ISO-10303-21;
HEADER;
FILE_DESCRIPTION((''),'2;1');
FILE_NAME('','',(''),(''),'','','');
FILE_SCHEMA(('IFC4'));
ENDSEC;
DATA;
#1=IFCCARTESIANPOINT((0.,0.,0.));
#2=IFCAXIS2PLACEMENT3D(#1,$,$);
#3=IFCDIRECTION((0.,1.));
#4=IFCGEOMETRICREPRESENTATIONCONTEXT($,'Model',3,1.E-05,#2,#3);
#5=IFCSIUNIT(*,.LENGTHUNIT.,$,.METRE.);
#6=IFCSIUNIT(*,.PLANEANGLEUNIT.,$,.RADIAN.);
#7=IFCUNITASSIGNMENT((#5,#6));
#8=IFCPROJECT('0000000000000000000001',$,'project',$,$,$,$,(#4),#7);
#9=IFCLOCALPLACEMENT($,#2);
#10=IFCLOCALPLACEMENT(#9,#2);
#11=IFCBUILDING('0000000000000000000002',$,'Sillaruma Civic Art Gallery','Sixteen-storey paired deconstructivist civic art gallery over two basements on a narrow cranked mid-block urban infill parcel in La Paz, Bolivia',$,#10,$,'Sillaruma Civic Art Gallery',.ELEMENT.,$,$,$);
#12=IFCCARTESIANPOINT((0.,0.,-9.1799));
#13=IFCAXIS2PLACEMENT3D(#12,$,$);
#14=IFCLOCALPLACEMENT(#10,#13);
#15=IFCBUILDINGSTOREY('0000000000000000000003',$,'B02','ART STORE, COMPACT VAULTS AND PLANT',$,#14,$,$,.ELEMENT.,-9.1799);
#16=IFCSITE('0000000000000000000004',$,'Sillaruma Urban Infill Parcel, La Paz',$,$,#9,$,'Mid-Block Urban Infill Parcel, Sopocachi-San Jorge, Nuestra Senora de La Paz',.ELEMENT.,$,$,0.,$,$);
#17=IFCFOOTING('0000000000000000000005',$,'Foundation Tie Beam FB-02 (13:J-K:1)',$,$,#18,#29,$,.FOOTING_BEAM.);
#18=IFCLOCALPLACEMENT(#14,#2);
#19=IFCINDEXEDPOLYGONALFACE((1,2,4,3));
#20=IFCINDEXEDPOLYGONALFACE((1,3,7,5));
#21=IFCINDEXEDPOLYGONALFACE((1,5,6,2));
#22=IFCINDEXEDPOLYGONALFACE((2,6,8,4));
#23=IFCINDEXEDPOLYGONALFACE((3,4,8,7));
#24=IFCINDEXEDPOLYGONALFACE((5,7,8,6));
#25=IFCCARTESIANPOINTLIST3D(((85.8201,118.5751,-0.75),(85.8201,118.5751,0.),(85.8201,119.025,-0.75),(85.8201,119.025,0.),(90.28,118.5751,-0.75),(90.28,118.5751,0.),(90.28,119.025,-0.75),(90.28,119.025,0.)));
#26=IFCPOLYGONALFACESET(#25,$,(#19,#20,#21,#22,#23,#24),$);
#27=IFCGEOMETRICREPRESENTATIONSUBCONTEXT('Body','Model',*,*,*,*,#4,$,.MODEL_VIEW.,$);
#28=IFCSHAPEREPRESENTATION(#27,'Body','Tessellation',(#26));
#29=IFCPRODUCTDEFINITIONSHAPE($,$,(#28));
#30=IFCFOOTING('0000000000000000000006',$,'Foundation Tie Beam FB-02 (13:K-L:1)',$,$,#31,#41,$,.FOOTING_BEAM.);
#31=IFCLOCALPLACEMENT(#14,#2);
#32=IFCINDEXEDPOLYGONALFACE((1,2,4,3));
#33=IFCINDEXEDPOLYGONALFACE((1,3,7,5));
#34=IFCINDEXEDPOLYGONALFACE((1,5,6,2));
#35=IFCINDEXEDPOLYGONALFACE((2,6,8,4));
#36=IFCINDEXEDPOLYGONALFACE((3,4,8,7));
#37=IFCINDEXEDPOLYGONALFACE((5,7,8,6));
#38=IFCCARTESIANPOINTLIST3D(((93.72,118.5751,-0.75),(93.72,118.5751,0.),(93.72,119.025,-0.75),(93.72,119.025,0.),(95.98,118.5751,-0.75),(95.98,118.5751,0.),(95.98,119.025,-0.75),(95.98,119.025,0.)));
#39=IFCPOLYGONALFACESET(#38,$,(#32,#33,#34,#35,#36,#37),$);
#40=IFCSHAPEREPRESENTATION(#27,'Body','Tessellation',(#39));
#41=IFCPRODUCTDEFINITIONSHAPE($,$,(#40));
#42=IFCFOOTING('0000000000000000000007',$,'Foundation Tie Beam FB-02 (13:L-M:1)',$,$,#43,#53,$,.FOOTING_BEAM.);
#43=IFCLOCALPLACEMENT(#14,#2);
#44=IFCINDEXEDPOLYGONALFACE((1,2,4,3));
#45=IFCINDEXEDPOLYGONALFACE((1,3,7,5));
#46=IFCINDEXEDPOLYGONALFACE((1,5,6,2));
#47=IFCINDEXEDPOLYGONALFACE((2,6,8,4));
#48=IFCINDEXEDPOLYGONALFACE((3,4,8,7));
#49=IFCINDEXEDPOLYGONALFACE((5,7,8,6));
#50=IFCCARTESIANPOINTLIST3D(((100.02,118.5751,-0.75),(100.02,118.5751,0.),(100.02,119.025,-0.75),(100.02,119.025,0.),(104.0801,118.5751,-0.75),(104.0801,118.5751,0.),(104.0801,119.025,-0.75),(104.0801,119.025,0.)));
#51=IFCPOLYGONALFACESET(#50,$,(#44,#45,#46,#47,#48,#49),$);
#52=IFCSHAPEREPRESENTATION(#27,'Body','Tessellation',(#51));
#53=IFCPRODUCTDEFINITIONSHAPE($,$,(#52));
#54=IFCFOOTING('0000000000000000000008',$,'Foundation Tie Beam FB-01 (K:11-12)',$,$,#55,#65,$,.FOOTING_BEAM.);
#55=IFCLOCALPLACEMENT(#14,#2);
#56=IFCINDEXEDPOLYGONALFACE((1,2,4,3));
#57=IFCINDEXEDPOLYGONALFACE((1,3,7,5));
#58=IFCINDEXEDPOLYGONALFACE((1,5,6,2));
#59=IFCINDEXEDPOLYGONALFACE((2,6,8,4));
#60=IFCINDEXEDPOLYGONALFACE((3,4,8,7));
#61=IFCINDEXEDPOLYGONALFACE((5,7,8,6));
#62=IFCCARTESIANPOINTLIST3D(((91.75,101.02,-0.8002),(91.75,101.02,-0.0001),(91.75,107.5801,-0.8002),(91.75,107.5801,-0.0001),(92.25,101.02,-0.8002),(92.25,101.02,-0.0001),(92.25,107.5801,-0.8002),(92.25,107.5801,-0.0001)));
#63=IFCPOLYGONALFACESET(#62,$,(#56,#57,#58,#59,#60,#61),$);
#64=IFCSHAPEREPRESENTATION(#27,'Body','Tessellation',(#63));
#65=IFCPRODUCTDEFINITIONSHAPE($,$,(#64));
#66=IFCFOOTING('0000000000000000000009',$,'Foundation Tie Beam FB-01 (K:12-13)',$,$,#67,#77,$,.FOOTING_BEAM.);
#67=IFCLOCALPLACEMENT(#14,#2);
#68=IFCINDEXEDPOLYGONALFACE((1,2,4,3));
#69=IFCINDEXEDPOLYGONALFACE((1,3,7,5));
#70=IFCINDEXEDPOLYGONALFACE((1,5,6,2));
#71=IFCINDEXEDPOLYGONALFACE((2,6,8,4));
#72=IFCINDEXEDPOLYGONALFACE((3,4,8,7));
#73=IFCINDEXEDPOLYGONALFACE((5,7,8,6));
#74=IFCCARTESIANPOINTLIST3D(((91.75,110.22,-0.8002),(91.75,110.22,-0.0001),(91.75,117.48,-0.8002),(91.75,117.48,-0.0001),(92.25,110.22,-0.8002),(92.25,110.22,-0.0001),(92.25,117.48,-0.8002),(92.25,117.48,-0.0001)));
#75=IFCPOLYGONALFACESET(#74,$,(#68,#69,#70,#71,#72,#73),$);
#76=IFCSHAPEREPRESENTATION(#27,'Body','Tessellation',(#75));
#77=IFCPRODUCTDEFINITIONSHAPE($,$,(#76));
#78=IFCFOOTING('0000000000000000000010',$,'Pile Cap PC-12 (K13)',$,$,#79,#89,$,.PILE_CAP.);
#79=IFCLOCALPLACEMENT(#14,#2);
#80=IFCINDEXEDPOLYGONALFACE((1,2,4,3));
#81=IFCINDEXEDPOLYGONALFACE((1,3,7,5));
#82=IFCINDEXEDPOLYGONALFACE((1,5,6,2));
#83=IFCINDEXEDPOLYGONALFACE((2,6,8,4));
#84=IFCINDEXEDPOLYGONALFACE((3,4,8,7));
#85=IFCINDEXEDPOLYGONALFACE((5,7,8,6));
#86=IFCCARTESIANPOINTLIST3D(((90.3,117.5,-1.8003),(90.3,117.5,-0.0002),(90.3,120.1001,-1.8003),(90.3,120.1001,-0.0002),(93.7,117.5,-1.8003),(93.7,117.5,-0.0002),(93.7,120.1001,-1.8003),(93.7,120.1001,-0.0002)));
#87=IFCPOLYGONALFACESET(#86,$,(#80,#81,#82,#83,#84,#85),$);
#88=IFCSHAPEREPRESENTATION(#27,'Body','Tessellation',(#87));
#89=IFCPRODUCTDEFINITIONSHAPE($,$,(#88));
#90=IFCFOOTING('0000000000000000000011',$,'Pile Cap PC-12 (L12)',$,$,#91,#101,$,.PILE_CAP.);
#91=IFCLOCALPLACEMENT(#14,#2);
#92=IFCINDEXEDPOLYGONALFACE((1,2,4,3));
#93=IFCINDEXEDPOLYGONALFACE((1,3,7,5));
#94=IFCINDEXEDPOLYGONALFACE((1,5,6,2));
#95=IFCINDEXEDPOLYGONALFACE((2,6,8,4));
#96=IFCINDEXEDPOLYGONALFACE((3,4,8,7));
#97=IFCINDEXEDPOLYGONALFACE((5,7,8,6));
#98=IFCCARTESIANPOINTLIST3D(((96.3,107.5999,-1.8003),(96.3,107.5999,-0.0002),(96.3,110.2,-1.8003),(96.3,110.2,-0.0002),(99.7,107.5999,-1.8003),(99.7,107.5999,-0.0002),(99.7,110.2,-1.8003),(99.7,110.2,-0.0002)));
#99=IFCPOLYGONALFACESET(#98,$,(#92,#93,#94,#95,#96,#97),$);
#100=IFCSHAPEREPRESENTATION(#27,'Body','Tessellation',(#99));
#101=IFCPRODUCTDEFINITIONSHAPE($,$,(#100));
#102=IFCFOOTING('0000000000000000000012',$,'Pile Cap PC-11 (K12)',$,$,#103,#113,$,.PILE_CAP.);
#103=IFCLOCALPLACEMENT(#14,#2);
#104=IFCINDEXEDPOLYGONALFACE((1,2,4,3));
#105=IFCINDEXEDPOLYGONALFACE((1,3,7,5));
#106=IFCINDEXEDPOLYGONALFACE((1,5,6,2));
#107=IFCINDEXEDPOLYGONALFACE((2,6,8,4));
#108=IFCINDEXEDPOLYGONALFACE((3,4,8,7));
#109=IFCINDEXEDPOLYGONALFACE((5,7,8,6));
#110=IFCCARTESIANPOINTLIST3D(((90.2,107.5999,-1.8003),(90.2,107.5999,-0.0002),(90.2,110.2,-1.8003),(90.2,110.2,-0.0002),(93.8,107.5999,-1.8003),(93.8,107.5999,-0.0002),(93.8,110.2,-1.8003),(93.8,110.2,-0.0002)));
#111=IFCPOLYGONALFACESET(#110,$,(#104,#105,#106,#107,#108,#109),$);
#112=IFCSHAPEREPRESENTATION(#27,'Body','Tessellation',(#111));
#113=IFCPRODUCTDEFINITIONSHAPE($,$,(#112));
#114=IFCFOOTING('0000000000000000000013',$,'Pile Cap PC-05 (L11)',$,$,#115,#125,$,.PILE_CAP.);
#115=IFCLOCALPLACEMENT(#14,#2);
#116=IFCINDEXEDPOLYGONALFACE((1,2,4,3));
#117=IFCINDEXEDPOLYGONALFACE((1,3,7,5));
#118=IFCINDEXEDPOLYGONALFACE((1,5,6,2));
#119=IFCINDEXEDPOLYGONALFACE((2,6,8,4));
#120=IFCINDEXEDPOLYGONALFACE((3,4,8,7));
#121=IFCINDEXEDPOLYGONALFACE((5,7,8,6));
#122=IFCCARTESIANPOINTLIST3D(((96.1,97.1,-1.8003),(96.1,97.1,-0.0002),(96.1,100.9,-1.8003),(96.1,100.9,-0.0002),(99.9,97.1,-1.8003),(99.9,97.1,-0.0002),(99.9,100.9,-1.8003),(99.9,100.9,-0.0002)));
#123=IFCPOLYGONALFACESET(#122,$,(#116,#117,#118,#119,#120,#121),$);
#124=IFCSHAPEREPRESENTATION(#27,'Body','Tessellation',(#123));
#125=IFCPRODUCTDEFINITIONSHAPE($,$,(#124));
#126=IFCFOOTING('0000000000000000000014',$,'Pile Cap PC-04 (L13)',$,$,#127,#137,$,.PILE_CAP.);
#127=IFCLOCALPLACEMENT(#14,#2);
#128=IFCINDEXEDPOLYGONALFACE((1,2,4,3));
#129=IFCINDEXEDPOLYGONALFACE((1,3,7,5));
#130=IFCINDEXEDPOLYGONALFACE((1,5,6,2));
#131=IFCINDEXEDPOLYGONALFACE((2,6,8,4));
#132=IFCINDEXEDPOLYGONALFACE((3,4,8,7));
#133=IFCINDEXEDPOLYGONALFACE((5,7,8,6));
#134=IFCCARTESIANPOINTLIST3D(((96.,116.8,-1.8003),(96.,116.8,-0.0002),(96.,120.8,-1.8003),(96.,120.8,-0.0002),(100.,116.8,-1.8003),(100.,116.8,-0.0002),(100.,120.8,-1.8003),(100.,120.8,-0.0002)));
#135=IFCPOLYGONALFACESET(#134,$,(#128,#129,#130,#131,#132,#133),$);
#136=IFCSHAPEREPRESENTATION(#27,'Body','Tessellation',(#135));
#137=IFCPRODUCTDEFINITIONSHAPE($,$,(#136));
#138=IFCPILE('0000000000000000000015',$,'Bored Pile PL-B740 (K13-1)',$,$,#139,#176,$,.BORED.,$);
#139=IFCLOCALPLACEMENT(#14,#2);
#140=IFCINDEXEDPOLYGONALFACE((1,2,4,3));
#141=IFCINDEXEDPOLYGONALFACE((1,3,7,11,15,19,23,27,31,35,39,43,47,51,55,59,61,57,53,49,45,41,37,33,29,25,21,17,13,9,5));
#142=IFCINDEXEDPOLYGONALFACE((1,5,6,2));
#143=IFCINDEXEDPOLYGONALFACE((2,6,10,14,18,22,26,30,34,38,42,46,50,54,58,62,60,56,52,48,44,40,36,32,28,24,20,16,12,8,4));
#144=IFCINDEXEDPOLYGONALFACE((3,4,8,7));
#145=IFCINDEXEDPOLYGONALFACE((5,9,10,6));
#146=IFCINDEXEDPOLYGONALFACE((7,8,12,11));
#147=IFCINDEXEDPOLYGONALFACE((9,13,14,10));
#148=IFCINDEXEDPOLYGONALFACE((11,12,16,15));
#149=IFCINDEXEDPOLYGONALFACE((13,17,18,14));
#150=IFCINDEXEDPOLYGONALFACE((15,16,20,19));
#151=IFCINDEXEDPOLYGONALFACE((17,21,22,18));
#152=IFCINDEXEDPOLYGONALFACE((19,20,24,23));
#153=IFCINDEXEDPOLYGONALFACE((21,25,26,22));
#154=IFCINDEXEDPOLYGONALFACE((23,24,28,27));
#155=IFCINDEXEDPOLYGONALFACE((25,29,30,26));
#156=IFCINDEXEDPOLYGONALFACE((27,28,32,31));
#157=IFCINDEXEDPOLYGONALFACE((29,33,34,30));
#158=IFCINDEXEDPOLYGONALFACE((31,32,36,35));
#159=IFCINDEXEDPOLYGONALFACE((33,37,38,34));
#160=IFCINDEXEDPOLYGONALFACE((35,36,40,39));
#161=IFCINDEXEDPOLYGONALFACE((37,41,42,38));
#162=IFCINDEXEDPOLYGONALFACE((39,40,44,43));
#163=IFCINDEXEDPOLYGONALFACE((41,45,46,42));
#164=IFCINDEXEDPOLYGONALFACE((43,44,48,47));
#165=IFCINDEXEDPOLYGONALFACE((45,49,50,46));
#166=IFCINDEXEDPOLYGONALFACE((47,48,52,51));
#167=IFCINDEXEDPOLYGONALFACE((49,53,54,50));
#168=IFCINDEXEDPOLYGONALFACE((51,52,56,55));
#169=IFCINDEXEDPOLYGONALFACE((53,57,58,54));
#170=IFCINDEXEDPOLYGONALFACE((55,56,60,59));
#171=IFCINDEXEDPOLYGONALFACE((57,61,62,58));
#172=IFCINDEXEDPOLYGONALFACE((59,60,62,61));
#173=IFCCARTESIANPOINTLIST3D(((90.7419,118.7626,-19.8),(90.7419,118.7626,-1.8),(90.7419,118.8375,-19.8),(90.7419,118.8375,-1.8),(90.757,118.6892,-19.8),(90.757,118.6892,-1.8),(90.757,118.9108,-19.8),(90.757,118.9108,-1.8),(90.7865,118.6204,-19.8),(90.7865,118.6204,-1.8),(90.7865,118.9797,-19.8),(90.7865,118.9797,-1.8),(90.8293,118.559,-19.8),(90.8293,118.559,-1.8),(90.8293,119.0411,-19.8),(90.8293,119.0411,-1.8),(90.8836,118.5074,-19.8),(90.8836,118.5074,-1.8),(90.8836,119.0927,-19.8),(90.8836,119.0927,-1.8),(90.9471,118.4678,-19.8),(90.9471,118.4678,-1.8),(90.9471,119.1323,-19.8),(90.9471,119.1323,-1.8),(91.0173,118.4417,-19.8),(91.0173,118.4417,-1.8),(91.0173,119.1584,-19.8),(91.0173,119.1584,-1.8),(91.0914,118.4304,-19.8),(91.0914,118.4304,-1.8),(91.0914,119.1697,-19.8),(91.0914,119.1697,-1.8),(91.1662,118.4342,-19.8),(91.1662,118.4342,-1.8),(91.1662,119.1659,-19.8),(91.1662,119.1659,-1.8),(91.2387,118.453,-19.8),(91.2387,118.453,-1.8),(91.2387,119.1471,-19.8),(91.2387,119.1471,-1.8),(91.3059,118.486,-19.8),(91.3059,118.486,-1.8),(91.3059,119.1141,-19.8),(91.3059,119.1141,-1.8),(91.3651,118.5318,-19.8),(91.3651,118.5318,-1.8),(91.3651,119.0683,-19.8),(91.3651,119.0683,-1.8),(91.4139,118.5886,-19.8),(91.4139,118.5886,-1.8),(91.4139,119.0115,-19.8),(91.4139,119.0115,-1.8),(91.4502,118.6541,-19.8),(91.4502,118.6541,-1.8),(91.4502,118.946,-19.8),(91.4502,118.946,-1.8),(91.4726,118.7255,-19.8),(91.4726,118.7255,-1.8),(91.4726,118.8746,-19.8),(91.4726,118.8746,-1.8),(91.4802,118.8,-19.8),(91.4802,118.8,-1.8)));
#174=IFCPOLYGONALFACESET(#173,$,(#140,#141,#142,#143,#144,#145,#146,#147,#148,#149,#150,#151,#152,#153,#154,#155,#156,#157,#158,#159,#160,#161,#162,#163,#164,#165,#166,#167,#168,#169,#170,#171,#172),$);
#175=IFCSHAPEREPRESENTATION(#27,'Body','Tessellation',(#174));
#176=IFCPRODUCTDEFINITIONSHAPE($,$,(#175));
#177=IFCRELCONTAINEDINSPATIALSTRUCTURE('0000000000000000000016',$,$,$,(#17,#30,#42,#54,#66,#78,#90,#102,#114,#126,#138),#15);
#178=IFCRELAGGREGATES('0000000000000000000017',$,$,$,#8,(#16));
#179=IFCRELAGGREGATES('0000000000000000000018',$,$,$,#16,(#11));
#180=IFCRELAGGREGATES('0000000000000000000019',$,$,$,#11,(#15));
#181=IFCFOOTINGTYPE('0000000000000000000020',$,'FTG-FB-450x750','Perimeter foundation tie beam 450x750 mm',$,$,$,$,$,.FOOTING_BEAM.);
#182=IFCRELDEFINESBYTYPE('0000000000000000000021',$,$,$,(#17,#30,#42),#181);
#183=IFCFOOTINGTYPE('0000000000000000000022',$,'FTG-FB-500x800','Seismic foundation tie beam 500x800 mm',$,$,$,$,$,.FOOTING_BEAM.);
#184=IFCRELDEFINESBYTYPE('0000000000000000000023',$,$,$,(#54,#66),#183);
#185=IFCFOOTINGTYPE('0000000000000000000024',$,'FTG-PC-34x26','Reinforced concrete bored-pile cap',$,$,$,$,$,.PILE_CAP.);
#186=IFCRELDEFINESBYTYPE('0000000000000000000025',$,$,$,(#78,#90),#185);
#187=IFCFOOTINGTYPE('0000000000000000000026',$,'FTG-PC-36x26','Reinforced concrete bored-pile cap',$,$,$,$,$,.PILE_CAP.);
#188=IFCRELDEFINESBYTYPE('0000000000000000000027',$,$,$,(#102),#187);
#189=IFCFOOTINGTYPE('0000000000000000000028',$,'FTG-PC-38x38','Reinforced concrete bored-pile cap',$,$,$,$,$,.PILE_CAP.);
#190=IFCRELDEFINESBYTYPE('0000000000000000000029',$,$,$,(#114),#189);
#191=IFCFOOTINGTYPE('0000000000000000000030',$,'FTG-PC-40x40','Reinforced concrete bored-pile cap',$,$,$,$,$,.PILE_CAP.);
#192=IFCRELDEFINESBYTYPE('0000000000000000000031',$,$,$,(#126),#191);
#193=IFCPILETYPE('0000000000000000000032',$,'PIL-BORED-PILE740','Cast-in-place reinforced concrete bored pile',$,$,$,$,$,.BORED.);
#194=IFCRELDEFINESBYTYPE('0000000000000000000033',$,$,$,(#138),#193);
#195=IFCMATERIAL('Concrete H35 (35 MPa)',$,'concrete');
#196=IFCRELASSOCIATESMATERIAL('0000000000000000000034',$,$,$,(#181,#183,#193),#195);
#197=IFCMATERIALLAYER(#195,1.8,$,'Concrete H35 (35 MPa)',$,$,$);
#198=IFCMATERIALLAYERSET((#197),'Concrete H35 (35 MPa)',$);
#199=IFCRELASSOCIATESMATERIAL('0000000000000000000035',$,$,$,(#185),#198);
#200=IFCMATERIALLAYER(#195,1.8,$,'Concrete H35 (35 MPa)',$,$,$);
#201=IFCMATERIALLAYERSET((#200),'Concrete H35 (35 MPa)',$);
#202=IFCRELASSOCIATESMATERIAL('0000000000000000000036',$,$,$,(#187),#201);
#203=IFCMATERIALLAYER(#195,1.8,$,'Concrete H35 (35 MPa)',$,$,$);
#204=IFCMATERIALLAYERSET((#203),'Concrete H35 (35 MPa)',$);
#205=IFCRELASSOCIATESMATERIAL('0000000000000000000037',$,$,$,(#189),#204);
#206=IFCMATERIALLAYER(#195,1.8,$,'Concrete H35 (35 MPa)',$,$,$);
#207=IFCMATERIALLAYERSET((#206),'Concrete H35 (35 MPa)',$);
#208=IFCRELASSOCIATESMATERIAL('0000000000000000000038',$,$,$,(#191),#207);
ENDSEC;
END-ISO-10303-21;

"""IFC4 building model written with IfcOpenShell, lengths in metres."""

from ifc_helpers import new_model, si_unit, direction, frame, origin, origin_2d, place, context, subcontext, project, spatial, rectangle, circle, extrude, material, layer, layer_set, material_profile, profile_set, type_object, element, save


model = new_model("IFC4")

# Units and contexts
model_context = context("Model", 3, precision=1e-05, world=origin(), true_north=direction((0.0, 1.0)))
body_context = subcontext(model_context, "Body", "Model", "MODEL_VIEW")
ifc_project = project(units=[si_unit("LENGTHUNIT", "METRE"), si_unit("PLANEANGLEUNIT", "RADIAN")], contexts=[model_context])

# Site, building, storey
site_placement = place(None, origin())
site = spatial("IfcSite", under=ifc_project, at=site_placement, Name="Sillaruma Urban Infill Parcel, La Paz", LongName="Mid-Block Urban Infill Parcel, Sopocachi-San Jorge, Nuestra Senora de La Paz", CompositionType="ELEMENT", RefElevation=0.0)
building_placement = place(site_placement, origin())
building = spatial("IfcBuilding", under=site, at=building_placement, Name="Sillaruma Civic Art Gallery", Description="Sixteen-storey paired deconstructivist civic art gallery over two basements on a narrow cranked mid-block urban infill parcel in La Paz, Bolivia", LongName="Sillaruma Civic Art Gallery", CompositionType="ELEMENT")
storey_placement = place(building_placement, frame((0.0, 0.0, -9.1799)))
storey = spatial("IfcBuildingStorey", under=building, at=storey_placement, Name="B02", Description="ART STORE, COMPACT VAULTS AND PLANT", CompositionType="ELEMENT", Elevation=-9.1799)

# Footings
ifc_material_1 = material(Name="Concrete H35 (35 MPa)", Category="concrete")
ifc_material_profile_1 = material_profile(ifc_material_1, rectangle(XDim=0.45, YDim=0.75, at=origin_2d()), Name="RCB450x750")
ifc_profile_set_1 = profile_set([ifc_material_profile_1], Name="Concrete H35 (35 MPa)")
footing_type_1 = type_object("IfcFootingType", Name="FTG-FB-450x750", Description="Perimeter foundation tie beam 450x750 mm", PredefinedType="FOOTING_BEAM", material=ifc_profile_set_1)
footing_1_placement = place(storey_placement, frame((85.8201, 118.8, -0.375), z_axis=(1.0, 0.0, 0.0), x_axis=(0.0, 1.0, 0.0)))
element("IfcFooting", 1, at=footing_1_placement, inside=storey, type_object=footing_type_1, Name="Foundation Tie Beam FB-02 (13:J-K:1)", PredefinedType="FOOTING_BEAM", context=body_context, shape_type="SweptSolid", body=[
    extrude(rectangle(XDim=0.45, YDim=0.75, at=origin_2d()), origin(), (0.0, 0.0, 1.0), 4.46),
])
footing_2_placement = place(storey_placement, frame((93.72, 118.8, -0.375), z_axis=(1.0, 0.0, 0.0), x_axis=(0.0, 1.0, 0.0)))
element("IfcFooting", 2, at=footing_2_placement, inside=storey, type_object=footing_type_1, Name="Foundation Tie Beam FB-02 (13:K-L:1)", PredefinedType="FOOTING_BEAM", context=body_context, shape_type="SweptSolid", body=[
    extrude(rectangle(XDim=0.45, YDim=0.75, at=origin_2d()), origin(), (0.0, 0.0, 1.0), 2.26),
])
footing_3_placement = place(storey_placement, frame((100.02, 118.8, -0.375), z_axis=(1.0, 0.0, 0.0), x_axis=(0.0, 1.0, 0.0)))
element("IfcFooting", 3, at=footing_3_placement, inside=storey, type_object=footing_type_1, Name="Foundation Tie Beam FB-02 (13:L-M:1)", PredefinedType="FOOTING_BEAM", context=body_context, shape_type="SweptSolid", body=[
    extrude(rectangle(XDim=0.45, YDim=0.75, at=origin_2d()), origin(), (0.0, 0.0, 1.0), 4.0601),
])
ifc_material_profile_2 = material_profile(ifc_material_1, rectangle(XDim=0.5, YDim=0.8, at=origin_2d()), Name="RCB500x800")
ifc_profile_set_2 = profile_set([ifc_material_profile_2], Name="Concrete H35 (35 MPa)")
footing_type_2 = type_object("IfcFootingType", Name="FTG-FB-500x800", Description="Seismic foundation tie beam 500x800 mm", PredefinedType="FOOTING_BEAM", material=ifc_profile_set_2)
footing_4_placement = place(storey_placement, frame((92.0, 101.02, -0.4001), z_axis=(0.0, 1.0, 0.0), x_axis=(-1.0, 0.0, 0.0)))
element("IfcFooting", 4, at=footing_4_placement, inside=storey, type_object=footing_type_2, Name="Foundation Tie Beam FB-01 (K:11-12)", PredefinedType="FOOTING_BEAM", context=body_context, shape_type="SweptSolid", body=[
    extrude(rectangle(XDim=0.5, YDim=0.8, at=origin_2d()), origin(), (0.0, 0.0, 1.0), 6.5601),
])
footing_5_placement = place(storey_placement, frame((92.0, 110.22, -0.4001), z_axis=(0.0, 1.0, 0.0), x_axis=(-1.0, 0.0, 0.0)))
element("IfcFooting", 5, at=footing_5_placement, inside=storey, type_object=footing_type_2, Name="Foundation Tie Beam FB-01 (K:12-13)", PredefinedType="FOOTING_BEAM", context=body_context, shape_type="SweptSolid", body=[
    extrude(rectangle(XDim=0.5, YDim=0.8, at=origin_2d()), origin(), (0.0, 0.0, 1.0), 7.26),
])
ifc_layer_1 = layer(ifc_material_1, 1.8, Name="Concrete H35 (35 MPa)")
ifc_layer_set_1 = layer_set([ifc_layer_1], Name="Concrete H35 (35 MPa)")
footing_type_3 = type_object("IfcFootingType", Name="FTG-PC-34x26", Description="Reinforced concrete bored-pile cap", PredefinedType="PILE_CAP", material=ifc_layer_set_1)
for number, where, z_axis, x_axis, name in (
    (6, (92.0, 118.8, -1.8003), (0.0, 0.0, 1.0), (1.0, 0.0, 0.0), "Pile Cap PC-12 (K13)"),
    (7, (98.0, 108.8999, -1.8003), (0.0, 0.0, 1.0), (1.0, 0.0, 0.0), "Pile Cap PC-12 (L12)"),
):
    element("IfcFooting", number, at=place(storey_placement, frame(where, z_axis=z_axis, x_axis=x_axis)), inside=storey, type_object=footing_type_3, Name=name, PredefinedType="PILE_CAP", context=body_context, shape_type="SweptSolid", body=[
        extrude(rectangle(XDim=3.3999, YDim=2.6001, at=origin_2d()), origin(), (0.0, 0.0, 1.0), 1.8),
    ])
ifc_layer_2 = layer(ifc_material_1, 1.8, Name="Concrete H35 (35 MPa)")
ifc_layer_set_2 = layer_set([ifc_layer_2], Name="Concrete H35 (35 MPa)")
footing_type_4 = type_object("IfcFootingType", Name="FTG-PC-36x26", Description="Reinforced concrete bored-pile cap", PredefinedType="PILE_CAP", material=ifc_layer_set_2)
footing_6_placement = place(storey_placement, frame((92.0, 108.8999, -1.8003), z_axis=(0.0, 0.0, 1.0), x_axis=(1.0, 0.0, 0.0)))
element("IfcFooting", 8, at=footing_6_placement, inside=storey, type_object=footing_type_4, Name="Pile Cap PC-11 (K12)", PredefinedType="PILE_CAP", context=body_context, shape_type="SweptSolid", body=[
    extrude(rectangle(XDim=3.6001, YDim=2.6001, at=origin_2d()), origin(), (0.0, 0.0, 1.0), 1.8),
])
ifc_layer_3 = layer(ifc_material_1, 1.8, Name="Concrete H35 (35 MPa)")
ifc_layer_set_3 = layer_set([ifc_layer_3], Name="Concrete H35 (35 MPa)")
footing_type_5 = type_object("IfcFootingType", Name="FTG-PC-38x38", Description="Reinforced concrete bored-pile cap", PredefinedType="PILE_CAP", material=ifc_layer_set_3)
footing_7_placement = place(storey_placement, frame((98.0, 99.0, -1.8003), z_axis=(0.0, 0.0, 1.0), x_axis=(1.0, 0.0, 0.0)))
element("IfcFooting", 9, at=footing_7_placement, inside=storey, type_object=footing_type_5, Name="Pile Cap PC-05 (L11)", PredefinedType="PILE_CAP", context=body_context, shape_type="SweptSolid", body=[
    extrude(rectangle(XDim=3.8, YDim=3.8, at=origin_2d()), origin(), (0.0, 0.0, 1.0), 1.8),
])
ifc_layer_4 = layer(ifc_material_1, 1.8, Name="Concrete H35 (35 MPa)")
ifc_layer_set_4 = layer_set([ifc_layer_4], Name="Concrete H35 (35 MPa)")
footing_type_6 = type_object("IfcFootingType", Name="FTG-PC-40x40", Description="Reinforced concrete bored-pile cap", PredefinedType="PILE_CAP", material=ifc_layer_set_4)
footing_8_placement = place(storey_placement, frame((98.0, 118.8, -1.8003), z_axis=(0.0, 0.0, 1.0), x_axis=(1.0, 0.0, 0.0)))
element("IfcFooting", 10, at=footing_8_placement, inside=storey, type_object=footing_type_6, Name="Pile Cap PC-04 (L13)", PredefinedType="PILE_CAP", context=body_context, shape_type="SweptSolid", body=[
    extrude(rectangle(XDim=4.0, YDim=4.0, at=origin_2d()), origin(), (0.0, 0.0, 1.0), 1.8),
])

# Pile
ifc_material_profile_3 = material_profile(ifc_material_1, circle(Radius=0.3701, at=origin_2d()), Name="PILE740")
ifc_profile_set_3 = profile_set([ifc_material_profile_3], Name="Concrete H35 (35 MPa)")
pile_type_1 = type_object("IfcPileType", Name="PIL-BORED-PILE740", Description="Cast-in-place reinforced concrete bored pile", PredefinedType="BORED", material=ifc_profile_set_3)
for number, where, z_axis, x_axis, name in (
    (11, (91.1101, 118.8, -1.8), (0.0, 0.0, -1.0), (1.0, 0.0, 0.0), "Bored Pile PL-B740 (K13-1)"),
):
    element("IfcPile", number, at=place(storey_placement, frame(where, z_axis=z_axis, x_axis=x_axis)), inside=storey, type_object=pile_type_1, Name=name, PredefinedType="BORED", context=body_context, shape_type="SweptSolid", body=[
        extrude(circle(Radius=0.3701, at=origin_2d()), origin(), (0.0, 0.0, 1.0), 18.0),
    ])

save(model, "model.ifc")
